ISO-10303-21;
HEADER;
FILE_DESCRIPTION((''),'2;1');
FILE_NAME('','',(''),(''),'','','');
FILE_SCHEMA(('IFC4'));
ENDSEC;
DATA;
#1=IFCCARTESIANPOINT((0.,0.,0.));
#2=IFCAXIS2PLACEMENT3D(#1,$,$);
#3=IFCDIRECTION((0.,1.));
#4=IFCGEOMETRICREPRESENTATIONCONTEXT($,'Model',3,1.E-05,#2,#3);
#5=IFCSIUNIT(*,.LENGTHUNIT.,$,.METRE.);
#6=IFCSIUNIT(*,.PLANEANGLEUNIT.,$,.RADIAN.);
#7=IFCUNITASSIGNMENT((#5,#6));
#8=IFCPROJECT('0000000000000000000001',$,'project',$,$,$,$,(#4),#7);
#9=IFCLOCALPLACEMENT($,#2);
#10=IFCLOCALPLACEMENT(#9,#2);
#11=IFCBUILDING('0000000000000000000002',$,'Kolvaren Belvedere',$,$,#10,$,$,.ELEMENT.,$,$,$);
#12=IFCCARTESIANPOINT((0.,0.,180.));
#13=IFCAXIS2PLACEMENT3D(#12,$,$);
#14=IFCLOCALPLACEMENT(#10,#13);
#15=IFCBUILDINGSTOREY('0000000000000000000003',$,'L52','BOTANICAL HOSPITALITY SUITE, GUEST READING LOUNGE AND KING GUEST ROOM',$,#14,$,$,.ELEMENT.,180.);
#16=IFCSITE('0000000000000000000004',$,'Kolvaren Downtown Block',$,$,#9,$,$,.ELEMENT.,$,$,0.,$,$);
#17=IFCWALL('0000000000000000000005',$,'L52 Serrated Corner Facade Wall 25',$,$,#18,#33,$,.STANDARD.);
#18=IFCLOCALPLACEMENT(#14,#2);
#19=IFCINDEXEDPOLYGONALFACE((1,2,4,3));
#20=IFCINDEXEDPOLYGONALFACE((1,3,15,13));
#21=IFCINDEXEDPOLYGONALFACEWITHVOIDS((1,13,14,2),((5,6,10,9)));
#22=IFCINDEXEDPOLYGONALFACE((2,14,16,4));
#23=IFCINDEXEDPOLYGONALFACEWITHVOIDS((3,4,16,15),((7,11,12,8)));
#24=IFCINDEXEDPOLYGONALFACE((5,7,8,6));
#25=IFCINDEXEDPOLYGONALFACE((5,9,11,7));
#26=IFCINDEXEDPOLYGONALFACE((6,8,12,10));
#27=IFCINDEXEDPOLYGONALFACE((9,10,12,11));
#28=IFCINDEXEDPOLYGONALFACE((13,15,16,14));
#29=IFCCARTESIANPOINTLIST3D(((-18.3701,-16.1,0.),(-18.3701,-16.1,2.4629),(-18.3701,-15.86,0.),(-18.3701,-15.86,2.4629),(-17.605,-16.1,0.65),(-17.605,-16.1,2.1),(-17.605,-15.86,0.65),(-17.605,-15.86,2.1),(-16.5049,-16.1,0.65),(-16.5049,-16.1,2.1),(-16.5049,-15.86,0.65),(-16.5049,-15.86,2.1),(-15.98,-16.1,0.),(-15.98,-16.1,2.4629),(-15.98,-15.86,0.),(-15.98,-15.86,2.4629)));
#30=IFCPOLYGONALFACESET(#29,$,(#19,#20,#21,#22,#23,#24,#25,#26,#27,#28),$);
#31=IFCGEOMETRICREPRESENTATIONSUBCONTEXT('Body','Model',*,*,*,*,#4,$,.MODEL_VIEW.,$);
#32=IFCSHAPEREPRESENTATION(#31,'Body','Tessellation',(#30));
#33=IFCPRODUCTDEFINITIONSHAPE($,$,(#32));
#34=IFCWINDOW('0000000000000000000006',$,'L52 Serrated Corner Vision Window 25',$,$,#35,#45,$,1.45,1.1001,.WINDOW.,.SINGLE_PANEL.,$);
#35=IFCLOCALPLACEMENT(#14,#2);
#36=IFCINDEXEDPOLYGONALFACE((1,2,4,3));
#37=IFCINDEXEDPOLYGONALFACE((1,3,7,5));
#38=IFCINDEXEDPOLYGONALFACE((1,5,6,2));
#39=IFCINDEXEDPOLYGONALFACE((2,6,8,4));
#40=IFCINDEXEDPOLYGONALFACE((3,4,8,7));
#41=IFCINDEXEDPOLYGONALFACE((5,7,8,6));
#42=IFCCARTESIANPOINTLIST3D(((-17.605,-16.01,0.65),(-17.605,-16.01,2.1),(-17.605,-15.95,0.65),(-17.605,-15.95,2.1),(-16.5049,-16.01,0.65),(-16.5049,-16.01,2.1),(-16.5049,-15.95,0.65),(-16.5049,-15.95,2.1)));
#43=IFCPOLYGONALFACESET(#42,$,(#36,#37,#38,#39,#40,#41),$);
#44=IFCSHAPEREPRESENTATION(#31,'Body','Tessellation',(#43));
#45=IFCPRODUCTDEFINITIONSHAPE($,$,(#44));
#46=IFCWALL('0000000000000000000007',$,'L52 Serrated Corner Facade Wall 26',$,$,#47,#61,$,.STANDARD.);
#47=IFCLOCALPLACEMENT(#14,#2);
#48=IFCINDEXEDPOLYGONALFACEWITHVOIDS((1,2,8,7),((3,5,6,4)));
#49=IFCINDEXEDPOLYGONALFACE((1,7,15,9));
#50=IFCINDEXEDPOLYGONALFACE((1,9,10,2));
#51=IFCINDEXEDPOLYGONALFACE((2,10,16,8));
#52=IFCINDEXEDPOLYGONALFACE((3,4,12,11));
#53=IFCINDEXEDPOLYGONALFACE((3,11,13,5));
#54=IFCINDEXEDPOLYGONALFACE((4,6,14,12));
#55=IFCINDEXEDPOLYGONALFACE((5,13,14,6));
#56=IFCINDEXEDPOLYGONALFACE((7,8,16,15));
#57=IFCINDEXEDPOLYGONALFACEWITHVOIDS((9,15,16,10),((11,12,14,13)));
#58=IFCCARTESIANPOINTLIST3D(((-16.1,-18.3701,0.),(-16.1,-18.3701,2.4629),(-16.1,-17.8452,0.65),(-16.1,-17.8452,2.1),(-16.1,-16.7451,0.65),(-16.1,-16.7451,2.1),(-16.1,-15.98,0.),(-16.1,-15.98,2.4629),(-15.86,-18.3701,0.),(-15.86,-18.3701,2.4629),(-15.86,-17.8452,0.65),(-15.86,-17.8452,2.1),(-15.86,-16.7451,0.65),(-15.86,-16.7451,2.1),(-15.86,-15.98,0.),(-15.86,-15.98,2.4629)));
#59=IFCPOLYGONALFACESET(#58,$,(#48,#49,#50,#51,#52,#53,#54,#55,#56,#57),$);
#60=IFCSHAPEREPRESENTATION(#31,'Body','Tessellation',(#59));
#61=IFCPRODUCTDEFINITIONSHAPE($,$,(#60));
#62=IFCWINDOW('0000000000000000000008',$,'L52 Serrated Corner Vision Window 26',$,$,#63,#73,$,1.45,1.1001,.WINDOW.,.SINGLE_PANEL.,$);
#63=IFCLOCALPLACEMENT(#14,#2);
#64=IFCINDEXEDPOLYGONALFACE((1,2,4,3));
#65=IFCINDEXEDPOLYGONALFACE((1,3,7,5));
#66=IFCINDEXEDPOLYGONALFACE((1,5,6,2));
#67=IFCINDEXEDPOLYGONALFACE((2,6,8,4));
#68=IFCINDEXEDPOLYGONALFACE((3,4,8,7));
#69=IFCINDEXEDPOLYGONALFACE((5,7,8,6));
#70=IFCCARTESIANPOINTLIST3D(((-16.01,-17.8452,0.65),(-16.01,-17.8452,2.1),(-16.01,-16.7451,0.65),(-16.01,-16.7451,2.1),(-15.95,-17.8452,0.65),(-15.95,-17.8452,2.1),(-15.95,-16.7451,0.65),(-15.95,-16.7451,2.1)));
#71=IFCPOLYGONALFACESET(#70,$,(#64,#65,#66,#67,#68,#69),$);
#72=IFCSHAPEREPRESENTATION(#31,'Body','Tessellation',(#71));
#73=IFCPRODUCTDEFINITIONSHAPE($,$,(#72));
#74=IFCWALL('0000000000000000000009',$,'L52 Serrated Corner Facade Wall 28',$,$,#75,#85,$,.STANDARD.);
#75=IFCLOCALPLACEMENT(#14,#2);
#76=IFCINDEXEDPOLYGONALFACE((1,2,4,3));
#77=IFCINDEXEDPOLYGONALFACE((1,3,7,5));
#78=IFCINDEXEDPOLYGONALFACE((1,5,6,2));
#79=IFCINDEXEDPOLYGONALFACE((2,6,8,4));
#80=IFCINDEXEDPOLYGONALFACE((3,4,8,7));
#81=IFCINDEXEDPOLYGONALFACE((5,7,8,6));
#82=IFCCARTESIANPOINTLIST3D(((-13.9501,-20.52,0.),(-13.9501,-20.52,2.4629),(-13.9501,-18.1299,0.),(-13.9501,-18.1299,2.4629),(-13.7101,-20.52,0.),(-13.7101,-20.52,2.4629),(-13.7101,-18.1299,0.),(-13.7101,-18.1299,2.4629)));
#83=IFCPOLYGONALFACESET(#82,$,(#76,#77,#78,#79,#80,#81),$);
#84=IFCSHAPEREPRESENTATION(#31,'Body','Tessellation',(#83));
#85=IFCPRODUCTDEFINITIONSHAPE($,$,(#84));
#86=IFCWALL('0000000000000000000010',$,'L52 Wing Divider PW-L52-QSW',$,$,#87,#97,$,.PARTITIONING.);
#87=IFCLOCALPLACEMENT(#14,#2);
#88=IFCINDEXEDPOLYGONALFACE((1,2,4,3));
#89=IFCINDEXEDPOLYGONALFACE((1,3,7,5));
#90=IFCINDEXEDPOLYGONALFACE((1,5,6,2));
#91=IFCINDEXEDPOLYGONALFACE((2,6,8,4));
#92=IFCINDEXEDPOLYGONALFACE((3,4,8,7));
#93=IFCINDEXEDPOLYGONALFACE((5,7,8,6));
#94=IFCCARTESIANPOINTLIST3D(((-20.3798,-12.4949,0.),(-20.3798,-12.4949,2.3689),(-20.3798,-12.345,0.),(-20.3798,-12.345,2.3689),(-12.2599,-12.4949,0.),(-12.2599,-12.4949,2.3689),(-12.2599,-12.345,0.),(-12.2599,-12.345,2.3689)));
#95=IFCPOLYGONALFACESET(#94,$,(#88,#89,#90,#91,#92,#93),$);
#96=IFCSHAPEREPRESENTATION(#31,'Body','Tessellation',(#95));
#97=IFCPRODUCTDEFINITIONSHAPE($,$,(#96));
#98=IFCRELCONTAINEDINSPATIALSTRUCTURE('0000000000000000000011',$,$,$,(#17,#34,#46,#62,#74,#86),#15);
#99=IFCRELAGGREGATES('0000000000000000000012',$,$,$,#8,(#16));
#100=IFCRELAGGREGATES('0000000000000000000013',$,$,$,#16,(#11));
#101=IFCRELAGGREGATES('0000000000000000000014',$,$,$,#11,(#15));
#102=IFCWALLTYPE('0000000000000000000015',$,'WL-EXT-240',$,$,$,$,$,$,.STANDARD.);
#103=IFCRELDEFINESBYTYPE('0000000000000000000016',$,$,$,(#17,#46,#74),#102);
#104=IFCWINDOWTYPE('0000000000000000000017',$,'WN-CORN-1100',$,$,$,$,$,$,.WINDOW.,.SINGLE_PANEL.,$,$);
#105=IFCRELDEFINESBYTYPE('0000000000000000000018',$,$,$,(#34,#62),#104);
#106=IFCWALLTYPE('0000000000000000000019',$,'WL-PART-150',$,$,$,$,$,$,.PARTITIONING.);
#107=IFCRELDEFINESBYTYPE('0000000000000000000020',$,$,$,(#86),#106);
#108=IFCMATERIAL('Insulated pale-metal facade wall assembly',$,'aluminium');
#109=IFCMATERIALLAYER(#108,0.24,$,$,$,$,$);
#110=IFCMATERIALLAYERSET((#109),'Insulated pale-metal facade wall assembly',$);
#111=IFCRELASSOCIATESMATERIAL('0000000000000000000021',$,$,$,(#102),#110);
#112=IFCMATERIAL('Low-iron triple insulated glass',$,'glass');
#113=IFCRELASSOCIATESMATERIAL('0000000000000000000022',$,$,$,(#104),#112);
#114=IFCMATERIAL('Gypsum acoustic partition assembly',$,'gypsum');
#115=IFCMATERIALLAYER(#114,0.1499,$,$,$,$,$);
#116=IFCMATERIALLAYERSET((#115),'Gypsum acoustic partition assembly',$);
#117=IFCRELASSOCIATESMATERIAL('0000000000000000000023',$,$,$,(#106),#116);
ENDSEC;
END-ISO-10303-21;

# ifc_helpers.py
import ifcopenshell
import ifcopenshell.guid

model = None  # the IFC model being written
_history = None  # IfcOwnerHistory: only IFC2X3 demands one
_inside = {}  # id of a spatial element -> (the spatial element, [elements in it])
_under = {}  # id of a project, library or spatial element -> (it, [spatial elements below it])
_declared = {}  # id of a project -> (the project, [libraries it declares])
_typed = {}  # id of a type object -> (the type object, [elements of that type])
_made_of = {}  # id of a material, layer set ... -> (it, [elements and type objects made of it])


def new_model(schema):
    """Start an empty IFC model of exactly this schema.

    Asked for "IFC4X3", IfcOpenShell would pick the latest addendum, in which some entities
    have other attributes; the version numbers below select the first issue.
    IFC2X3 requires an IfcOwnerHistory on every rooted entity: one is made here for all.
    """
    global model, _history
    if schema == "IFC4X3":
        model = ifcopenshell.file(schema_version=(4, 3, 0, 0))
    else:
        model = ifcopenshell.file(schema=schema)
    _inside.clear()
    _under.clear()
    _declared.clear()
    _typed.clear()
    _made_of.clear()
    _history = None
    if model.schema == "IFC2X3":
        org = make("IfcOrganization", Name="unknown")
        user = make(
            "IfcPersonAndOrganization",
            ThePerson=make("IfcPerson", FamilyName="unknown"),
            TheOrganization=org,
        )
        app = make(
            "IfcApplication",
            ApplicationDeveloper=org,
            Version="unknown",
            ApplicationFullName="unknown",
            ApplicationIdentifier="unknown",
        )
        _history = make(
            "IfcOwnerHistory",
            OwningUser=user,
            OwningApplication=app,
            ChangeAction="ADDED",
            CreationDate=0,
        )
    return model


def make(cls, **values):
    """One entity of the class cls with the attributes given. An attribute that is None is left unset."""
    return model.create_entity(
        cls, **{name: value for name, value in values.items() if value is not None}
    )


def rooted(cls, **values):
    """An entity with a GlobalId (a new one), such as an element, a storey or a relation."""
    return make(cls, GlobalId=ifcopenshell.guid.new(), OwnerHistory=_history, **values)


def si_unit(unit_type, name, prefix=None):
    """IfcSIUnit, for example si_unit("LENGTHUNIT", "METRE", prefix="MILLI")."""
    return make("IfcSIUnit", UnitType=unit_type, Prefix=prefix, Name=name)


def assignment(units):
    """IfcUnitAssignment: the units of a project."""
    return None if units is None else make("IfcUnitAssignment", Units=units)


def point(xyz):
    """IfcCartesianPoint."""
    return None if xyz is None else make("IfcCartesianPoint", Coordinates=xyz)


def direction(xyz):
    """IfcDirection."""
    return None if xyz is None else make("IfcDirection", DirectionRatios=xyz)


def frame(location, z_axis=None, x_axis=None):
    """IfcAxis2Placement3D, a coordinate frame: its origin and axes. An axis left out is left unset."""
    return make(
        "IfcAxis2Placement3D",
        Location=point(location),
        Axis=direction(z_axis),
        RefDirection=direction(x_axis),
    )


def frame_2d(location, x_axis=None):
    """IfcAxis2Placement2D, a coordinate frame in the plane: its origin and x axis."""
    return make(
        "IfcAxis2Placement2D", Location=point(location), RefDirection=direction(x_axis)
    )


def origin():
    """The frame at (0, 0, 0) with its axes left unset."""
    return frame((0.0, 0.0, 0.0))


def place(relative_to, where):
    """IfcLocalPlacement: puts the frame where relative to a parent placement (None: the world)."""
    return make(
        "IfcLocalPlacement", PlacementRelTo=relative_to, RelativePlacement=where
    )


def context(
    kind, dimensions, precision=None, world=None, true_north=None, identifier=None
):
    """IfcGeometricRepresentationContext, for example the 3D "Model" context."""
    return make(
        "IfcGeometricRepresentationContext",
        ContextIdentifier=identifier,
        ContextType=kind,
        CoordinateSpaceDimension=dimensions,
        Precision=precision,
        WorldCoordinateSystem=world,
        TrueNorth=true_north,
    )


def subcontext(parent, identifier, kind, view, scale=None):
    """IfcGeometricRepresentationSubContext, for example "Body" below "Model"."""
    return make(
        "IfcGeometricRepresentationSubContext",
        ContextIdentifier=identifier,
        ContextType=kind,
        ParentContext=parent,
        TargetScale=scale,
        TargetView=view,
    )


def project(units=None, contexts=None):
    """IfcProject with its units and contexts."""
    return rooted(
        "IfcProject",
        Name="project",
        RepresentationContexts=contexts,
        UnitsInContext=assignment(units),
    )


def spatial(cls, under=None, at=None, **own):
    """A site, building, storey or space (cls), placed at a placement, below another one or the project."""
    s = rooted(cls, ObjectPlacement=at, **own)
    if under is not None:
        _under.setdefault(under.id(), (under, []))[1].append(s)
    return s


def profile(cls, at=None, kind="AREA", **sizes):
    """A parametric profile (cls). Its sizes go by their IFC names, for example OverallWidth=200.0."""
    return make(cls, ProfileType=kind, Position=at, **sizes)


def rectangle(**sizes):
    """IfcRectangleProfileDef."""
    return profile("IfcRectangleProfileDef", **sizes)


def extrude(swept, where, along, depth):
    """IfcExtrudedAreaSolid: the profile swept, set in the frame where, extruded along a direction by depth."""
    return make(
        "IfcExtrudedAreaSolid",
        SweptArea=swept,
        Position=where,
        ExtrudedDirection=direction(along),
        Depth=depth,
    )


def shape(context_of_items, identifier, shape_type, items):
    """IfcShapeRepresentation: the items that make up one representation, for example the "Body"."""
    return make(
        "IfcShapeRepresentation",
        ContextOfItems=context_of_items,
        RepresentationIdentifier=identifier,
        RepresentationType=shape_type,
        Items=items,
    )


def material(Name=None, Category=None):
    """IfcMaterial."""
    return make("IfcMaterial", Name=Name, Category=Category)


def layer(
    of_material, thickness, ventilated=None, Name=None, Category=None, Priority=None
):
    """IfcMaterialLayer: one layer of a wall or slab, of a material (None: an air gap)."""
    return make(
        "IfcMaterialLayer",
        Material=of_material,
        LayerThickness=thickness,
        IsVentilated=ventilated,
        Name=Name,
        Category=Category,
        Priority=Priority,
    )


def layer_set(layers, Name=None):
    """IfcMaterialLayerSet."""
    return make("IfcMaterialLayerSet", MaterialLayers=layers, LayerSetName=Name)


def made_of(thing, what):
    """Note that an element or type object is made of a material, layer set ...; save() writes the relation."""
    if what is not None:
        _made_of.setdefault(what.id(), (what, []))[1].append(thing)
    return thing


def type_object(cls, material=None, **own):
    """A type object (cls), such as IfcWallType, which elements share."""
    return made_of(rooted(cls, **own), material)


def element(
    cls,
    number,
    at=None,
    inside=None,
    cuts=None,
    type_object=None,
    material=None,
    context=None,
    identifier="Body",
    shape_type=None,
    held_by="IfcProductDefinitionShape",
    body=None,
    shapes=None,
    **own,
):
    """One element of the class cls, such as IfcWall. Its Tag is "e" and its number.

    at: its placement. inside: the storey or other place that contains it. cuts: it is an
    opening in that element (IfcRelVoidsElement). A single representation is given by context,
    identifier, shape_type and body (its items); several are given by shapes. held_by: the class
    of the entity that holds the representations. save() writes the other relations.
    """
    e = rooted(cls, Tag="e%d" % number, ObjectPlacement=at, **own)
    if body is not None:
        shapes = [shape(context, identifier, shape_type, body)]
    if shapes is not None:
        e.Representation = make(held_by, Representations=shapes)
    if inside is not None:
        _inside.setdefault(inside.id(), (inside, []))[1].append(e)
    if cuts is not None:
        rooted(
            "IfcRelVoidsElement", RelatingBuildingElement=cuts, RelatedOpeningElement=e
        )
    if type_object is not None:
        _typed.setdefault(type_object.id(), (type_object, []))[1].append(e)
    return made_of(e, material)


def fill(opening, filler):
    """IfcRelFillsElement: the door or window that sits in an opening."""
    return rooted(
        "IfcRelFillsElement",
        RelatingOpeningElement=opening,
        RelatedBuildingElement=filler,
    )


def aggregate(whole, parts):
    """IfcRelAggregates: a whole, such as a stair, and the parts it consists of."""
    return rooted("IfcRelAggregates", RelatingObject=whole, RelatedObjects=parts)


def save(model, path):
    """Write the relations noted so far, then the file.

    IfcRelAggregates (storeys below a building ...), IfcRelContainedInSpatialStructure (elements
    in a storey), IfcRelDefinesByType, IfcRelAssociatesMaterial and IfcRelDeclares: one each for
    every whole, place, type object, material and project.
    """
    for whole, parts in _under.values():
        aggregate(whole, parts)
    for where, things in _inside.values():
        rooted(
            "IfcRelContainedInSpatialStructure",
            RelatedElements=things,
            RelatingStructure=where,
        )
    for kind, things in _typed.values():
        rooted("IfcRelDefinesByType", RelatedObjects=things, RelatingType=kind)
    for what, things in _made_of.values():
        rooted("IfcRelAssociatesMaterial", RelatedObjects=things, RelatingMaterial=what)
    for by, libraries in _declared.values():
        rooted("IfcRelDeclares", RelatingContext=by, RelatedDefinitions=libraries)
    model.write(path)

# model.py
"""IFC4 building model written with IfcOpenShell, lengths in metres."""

from ifc_helpers import new_model, si_unit, direction, frame, frame_2d, origin, place, context, subcontext, project, spatial, rectangle, extrude, material, layer, layer_set, type_object, element, fill, save


model = new_model("IFC4")

# Units and contexts
model_context = context("Model", 3, precision=1e-05, world=origin(), true_north=direction((0.0, 1.0)))
body_context = subcontext(model_context, "Body", "Model", "MODEL_VIEW")
ifc_project = project(units=[si_unit("LENGTHUNIT", "METRE"), si_unit("PLANEANGLEUNIT", "RADIAN")], contexts=[model_context])

# Site, building, storey
site_placement = place(None, origin())
site = spatial("IfcSite", under=ifc_project, at=site_placement, Name="Kolvaren Downtown Block", CompositionType="ELEMENT", RefElevation=0.0)
building_placement = place(site_placement, origin())
building = spatial("IfcBuilding", under=site, at=building_placement, Name="Kolvaren Belvedere", CompositionType="ELEMENT")
storey_placement = place(building_placement, frame((0.0, 0.0, 180.0)))
storey = spatial("IfcBuildingStorey", under=building, at=storey_placement, Name="L52", Description="BOTANICAL HOSPITALITY SUITE, GUEST READING LOUNGE AND KING GUEST ROOM", CompositionType="ELEMENT", Elevation=180.0)

# Shared definitions
ifc_material_1 = material(Name="Insulated pale-metal facade wall assembly", Category="aluminium")
ifc_layer_1 = layer(ifc_material_1, 0.24)
ifc_layer_set_1 = layer_set([ifc_layer_1], Name="Insulated pale-metal facade wall assembly")
wall_type_1 = type_object("IfcWallType", Name="WL-EXT-240", PredefinedType="STANDARD", material=ifc_layer_set_1)

# Walls, openings, windows
wall_1_placement = place(storey_placement, frame((-15.98, -15.98, 0.0), z_axis=(0.0, 0.0, 1.0), x_axis=(-1.0, 0.0, 0.0)))
wall_1 = element("IfcWall", 1, at=wall_1_placement, inside=storey, type_object=wall_type_1, Name="L52 Serrated Corner Facade Wall 25", PredefinedType="STANDARD", context=body_context, shape_type="SweptSolid", body=[
    extrude(rectangle(XDim=2.3901, YDim=0.24, at=frame_2d((1.1951, 0.0))), origin(), (0.0, 0.0, 1.0), 2.4629),
])
opening_1_placement = place(wall_1_placement, frame((0.5249, 0.0, 0.6499)))
opening_1 = element("IfcOpeningElement", 2, at=opening_1_placement, cuts=wall_1, PredefinedType="OPENING", context=body_context, shape_type="SweptSolid", body=[
    extrude(rectangle(XDim=1.1001, YDim=1.45, at=frame_2d((0.55, 0.7251))), frame((0.0, 0.1299, 0.0), z_axis=(0.0, -1.0, 0.0), x_axis=(1.0, 0.0, 0.0)), (0.0, 0.0, 1.0), 0.26),
])
ifc_material_2 = material(Name="Low-iron triple insulated glass", Category="glass")
window_type_1 = type_object("IfcWindowType", Name="WN-CORN-1100", PartitioningType="SINGLE_PANEL", PredefinedType="WINDOW", material=ifc_material_2)
window_1_placement = place(opening_1_placement, origin())
window_1 = element("IfcWindow", 3, at=window_1_placement, inside=storey, type_object=window_type_1, Name="L52 Serrated Corner Vision Window 25", OverallHeight=1.45, OverallWidth=1.1001, PartitioningType="SINGLE_PANEL", PredefinedType="WINDOW", context=body_context, shape_type="SweptSolid", body=[
    extrude(rectangle(XDim=1.1001, YDim=1.45, at=frame_2d((0.55, 0.7251))), frame((0.0, 0.03, 0.0), z_axis=(0.0, -1.0, 0.0), x_axis=(1.0, 0.0, 0.0)), (0.0, 0.0, 1.0), 0.0601),
])
fill(opening_1, window_1)
wall_2_placement = place(storey_placement, frame((-15.98, -18.3701, 0.0), z_axis=(0.0, 0.0, 1.0), x_axis=(0.0, 1.0, 0.0)))
wall_2 = element("IfcWall", 4, at=wall_2_placement, inside=storey, type_object=wall_type_1, Name="L52 Serrated Corner Facade Wall 26", PredefinedType="STANDARD", context=body_context, shape_type="SweptSolid", body=[
    extrude(rectangle(XDim=2.3901, YDim=0.24, at=frame_2d((1.1951, 0.0))), origin(), (0.0, 0.0, 1.0), 2.4629),
])
opening_2_placement = place(wall_2_placement, frame((0.5249, 0.0, 0.6499)))
opening_2 = element("IfcOpeningElement", 5, at=opening_2_placement, cuts=wall_2, PredefinedType="OPENING", context=body_context, shape_type="SweptSolid", body=[
    extrude(rectangle(XDim=1.1001, YDim=1.45, at=frame_2d((0.55, 0.7251))), frame((0.0, 0.1299, 0.0), z_axis=(0.0, -1.0, 0.0), x_axis=(1.0, 0.0, 0.0)), (0.0, 0.0, 1.0), 0.26),
])
window_2_placement = place(opening_2_placement, origin())
window_2 = element("IfcWindow", 6, at=window_2_placement, inside=storey, type_object=window_type_1, Name="L52 Serrated Corner Vision Window 26", OverallHeight=1.45, OverallWidth=1.1001, PartitioningType="SINGLE_PANEL", PredefinedType="WINDOW", context=body_context, shape_type="SweptSolid", body=[
    extrude(rectangle(XDim=1.1001, YDim=1.45, at=frame_2d((0.55, 0.7251))), frame((0.0, 0.03, 0.0), z_axis=(0.0, -1.0, 0.0), x_axis=(1.0, 0.0, 0.0)), (0.0, 0.0, 1.0), 0.0601),
])
fill(opening_2, window_2)

# Walls
wall_3_placement = place(storey_placement, frame((-13.8301, -20.52, 0.0), z_axis=(0.0, 0.0, 1.0), x_axis=(0.0, 1.0, 0.0)))
element("IfcWall", 7, at=wall_3_placement, inside=storey, type_object=wall_type_1, Name="L52 Serrated Corner Facade Wall 28", PredefinedType="STANDARD", context=body_context, shape_type="SweptSolid", body=[
    extrude(rectangle(XDim=2.3901, YDim=0.24, at=frame_2d((1.1951, 0.0))), origin(), (0.0, 0.0, 1.0), 2.4629),
])
ifc_material_3 = material(Name="Gypsum acoustic partition assembly", Category="gypsum")
ifc_layer_2 = layer(ifc_material_3, 0.1499)
ifc_layer_set_2 = layer_set([ifc_layer_2], Name="Gypsum acoustic partition assembly")
wall_type_2 = type_object("IfcWallType", Name="WL-PART-150", PredefinedType="PARTITIONING", material=ifc_layer_set_2)
wall_4_placement = place(storey_placement, frame((-20.3799, -12.4199, 0.0), z_axis=(0.0, 0.0, 1.0), x_axis=(1.0, 0.0, 0.0)))
element("IfcWall", 8, at=wall_4_placement, inside=storey, type_object=wall_type_2, Name="L52 Wing Divider PW-L52-QSW", PredefinedType="PARTITIONING", context=body_context, shape_type="SweptSolid", body=[
    extrude(rectangle(XDim=8.1199, YDim=0.1499, at=frame_2d((4.0601, 0.0))), origin(), (0.0, 0.0, 1.0), 2.3689),
])

save(model, "model.ifc")
